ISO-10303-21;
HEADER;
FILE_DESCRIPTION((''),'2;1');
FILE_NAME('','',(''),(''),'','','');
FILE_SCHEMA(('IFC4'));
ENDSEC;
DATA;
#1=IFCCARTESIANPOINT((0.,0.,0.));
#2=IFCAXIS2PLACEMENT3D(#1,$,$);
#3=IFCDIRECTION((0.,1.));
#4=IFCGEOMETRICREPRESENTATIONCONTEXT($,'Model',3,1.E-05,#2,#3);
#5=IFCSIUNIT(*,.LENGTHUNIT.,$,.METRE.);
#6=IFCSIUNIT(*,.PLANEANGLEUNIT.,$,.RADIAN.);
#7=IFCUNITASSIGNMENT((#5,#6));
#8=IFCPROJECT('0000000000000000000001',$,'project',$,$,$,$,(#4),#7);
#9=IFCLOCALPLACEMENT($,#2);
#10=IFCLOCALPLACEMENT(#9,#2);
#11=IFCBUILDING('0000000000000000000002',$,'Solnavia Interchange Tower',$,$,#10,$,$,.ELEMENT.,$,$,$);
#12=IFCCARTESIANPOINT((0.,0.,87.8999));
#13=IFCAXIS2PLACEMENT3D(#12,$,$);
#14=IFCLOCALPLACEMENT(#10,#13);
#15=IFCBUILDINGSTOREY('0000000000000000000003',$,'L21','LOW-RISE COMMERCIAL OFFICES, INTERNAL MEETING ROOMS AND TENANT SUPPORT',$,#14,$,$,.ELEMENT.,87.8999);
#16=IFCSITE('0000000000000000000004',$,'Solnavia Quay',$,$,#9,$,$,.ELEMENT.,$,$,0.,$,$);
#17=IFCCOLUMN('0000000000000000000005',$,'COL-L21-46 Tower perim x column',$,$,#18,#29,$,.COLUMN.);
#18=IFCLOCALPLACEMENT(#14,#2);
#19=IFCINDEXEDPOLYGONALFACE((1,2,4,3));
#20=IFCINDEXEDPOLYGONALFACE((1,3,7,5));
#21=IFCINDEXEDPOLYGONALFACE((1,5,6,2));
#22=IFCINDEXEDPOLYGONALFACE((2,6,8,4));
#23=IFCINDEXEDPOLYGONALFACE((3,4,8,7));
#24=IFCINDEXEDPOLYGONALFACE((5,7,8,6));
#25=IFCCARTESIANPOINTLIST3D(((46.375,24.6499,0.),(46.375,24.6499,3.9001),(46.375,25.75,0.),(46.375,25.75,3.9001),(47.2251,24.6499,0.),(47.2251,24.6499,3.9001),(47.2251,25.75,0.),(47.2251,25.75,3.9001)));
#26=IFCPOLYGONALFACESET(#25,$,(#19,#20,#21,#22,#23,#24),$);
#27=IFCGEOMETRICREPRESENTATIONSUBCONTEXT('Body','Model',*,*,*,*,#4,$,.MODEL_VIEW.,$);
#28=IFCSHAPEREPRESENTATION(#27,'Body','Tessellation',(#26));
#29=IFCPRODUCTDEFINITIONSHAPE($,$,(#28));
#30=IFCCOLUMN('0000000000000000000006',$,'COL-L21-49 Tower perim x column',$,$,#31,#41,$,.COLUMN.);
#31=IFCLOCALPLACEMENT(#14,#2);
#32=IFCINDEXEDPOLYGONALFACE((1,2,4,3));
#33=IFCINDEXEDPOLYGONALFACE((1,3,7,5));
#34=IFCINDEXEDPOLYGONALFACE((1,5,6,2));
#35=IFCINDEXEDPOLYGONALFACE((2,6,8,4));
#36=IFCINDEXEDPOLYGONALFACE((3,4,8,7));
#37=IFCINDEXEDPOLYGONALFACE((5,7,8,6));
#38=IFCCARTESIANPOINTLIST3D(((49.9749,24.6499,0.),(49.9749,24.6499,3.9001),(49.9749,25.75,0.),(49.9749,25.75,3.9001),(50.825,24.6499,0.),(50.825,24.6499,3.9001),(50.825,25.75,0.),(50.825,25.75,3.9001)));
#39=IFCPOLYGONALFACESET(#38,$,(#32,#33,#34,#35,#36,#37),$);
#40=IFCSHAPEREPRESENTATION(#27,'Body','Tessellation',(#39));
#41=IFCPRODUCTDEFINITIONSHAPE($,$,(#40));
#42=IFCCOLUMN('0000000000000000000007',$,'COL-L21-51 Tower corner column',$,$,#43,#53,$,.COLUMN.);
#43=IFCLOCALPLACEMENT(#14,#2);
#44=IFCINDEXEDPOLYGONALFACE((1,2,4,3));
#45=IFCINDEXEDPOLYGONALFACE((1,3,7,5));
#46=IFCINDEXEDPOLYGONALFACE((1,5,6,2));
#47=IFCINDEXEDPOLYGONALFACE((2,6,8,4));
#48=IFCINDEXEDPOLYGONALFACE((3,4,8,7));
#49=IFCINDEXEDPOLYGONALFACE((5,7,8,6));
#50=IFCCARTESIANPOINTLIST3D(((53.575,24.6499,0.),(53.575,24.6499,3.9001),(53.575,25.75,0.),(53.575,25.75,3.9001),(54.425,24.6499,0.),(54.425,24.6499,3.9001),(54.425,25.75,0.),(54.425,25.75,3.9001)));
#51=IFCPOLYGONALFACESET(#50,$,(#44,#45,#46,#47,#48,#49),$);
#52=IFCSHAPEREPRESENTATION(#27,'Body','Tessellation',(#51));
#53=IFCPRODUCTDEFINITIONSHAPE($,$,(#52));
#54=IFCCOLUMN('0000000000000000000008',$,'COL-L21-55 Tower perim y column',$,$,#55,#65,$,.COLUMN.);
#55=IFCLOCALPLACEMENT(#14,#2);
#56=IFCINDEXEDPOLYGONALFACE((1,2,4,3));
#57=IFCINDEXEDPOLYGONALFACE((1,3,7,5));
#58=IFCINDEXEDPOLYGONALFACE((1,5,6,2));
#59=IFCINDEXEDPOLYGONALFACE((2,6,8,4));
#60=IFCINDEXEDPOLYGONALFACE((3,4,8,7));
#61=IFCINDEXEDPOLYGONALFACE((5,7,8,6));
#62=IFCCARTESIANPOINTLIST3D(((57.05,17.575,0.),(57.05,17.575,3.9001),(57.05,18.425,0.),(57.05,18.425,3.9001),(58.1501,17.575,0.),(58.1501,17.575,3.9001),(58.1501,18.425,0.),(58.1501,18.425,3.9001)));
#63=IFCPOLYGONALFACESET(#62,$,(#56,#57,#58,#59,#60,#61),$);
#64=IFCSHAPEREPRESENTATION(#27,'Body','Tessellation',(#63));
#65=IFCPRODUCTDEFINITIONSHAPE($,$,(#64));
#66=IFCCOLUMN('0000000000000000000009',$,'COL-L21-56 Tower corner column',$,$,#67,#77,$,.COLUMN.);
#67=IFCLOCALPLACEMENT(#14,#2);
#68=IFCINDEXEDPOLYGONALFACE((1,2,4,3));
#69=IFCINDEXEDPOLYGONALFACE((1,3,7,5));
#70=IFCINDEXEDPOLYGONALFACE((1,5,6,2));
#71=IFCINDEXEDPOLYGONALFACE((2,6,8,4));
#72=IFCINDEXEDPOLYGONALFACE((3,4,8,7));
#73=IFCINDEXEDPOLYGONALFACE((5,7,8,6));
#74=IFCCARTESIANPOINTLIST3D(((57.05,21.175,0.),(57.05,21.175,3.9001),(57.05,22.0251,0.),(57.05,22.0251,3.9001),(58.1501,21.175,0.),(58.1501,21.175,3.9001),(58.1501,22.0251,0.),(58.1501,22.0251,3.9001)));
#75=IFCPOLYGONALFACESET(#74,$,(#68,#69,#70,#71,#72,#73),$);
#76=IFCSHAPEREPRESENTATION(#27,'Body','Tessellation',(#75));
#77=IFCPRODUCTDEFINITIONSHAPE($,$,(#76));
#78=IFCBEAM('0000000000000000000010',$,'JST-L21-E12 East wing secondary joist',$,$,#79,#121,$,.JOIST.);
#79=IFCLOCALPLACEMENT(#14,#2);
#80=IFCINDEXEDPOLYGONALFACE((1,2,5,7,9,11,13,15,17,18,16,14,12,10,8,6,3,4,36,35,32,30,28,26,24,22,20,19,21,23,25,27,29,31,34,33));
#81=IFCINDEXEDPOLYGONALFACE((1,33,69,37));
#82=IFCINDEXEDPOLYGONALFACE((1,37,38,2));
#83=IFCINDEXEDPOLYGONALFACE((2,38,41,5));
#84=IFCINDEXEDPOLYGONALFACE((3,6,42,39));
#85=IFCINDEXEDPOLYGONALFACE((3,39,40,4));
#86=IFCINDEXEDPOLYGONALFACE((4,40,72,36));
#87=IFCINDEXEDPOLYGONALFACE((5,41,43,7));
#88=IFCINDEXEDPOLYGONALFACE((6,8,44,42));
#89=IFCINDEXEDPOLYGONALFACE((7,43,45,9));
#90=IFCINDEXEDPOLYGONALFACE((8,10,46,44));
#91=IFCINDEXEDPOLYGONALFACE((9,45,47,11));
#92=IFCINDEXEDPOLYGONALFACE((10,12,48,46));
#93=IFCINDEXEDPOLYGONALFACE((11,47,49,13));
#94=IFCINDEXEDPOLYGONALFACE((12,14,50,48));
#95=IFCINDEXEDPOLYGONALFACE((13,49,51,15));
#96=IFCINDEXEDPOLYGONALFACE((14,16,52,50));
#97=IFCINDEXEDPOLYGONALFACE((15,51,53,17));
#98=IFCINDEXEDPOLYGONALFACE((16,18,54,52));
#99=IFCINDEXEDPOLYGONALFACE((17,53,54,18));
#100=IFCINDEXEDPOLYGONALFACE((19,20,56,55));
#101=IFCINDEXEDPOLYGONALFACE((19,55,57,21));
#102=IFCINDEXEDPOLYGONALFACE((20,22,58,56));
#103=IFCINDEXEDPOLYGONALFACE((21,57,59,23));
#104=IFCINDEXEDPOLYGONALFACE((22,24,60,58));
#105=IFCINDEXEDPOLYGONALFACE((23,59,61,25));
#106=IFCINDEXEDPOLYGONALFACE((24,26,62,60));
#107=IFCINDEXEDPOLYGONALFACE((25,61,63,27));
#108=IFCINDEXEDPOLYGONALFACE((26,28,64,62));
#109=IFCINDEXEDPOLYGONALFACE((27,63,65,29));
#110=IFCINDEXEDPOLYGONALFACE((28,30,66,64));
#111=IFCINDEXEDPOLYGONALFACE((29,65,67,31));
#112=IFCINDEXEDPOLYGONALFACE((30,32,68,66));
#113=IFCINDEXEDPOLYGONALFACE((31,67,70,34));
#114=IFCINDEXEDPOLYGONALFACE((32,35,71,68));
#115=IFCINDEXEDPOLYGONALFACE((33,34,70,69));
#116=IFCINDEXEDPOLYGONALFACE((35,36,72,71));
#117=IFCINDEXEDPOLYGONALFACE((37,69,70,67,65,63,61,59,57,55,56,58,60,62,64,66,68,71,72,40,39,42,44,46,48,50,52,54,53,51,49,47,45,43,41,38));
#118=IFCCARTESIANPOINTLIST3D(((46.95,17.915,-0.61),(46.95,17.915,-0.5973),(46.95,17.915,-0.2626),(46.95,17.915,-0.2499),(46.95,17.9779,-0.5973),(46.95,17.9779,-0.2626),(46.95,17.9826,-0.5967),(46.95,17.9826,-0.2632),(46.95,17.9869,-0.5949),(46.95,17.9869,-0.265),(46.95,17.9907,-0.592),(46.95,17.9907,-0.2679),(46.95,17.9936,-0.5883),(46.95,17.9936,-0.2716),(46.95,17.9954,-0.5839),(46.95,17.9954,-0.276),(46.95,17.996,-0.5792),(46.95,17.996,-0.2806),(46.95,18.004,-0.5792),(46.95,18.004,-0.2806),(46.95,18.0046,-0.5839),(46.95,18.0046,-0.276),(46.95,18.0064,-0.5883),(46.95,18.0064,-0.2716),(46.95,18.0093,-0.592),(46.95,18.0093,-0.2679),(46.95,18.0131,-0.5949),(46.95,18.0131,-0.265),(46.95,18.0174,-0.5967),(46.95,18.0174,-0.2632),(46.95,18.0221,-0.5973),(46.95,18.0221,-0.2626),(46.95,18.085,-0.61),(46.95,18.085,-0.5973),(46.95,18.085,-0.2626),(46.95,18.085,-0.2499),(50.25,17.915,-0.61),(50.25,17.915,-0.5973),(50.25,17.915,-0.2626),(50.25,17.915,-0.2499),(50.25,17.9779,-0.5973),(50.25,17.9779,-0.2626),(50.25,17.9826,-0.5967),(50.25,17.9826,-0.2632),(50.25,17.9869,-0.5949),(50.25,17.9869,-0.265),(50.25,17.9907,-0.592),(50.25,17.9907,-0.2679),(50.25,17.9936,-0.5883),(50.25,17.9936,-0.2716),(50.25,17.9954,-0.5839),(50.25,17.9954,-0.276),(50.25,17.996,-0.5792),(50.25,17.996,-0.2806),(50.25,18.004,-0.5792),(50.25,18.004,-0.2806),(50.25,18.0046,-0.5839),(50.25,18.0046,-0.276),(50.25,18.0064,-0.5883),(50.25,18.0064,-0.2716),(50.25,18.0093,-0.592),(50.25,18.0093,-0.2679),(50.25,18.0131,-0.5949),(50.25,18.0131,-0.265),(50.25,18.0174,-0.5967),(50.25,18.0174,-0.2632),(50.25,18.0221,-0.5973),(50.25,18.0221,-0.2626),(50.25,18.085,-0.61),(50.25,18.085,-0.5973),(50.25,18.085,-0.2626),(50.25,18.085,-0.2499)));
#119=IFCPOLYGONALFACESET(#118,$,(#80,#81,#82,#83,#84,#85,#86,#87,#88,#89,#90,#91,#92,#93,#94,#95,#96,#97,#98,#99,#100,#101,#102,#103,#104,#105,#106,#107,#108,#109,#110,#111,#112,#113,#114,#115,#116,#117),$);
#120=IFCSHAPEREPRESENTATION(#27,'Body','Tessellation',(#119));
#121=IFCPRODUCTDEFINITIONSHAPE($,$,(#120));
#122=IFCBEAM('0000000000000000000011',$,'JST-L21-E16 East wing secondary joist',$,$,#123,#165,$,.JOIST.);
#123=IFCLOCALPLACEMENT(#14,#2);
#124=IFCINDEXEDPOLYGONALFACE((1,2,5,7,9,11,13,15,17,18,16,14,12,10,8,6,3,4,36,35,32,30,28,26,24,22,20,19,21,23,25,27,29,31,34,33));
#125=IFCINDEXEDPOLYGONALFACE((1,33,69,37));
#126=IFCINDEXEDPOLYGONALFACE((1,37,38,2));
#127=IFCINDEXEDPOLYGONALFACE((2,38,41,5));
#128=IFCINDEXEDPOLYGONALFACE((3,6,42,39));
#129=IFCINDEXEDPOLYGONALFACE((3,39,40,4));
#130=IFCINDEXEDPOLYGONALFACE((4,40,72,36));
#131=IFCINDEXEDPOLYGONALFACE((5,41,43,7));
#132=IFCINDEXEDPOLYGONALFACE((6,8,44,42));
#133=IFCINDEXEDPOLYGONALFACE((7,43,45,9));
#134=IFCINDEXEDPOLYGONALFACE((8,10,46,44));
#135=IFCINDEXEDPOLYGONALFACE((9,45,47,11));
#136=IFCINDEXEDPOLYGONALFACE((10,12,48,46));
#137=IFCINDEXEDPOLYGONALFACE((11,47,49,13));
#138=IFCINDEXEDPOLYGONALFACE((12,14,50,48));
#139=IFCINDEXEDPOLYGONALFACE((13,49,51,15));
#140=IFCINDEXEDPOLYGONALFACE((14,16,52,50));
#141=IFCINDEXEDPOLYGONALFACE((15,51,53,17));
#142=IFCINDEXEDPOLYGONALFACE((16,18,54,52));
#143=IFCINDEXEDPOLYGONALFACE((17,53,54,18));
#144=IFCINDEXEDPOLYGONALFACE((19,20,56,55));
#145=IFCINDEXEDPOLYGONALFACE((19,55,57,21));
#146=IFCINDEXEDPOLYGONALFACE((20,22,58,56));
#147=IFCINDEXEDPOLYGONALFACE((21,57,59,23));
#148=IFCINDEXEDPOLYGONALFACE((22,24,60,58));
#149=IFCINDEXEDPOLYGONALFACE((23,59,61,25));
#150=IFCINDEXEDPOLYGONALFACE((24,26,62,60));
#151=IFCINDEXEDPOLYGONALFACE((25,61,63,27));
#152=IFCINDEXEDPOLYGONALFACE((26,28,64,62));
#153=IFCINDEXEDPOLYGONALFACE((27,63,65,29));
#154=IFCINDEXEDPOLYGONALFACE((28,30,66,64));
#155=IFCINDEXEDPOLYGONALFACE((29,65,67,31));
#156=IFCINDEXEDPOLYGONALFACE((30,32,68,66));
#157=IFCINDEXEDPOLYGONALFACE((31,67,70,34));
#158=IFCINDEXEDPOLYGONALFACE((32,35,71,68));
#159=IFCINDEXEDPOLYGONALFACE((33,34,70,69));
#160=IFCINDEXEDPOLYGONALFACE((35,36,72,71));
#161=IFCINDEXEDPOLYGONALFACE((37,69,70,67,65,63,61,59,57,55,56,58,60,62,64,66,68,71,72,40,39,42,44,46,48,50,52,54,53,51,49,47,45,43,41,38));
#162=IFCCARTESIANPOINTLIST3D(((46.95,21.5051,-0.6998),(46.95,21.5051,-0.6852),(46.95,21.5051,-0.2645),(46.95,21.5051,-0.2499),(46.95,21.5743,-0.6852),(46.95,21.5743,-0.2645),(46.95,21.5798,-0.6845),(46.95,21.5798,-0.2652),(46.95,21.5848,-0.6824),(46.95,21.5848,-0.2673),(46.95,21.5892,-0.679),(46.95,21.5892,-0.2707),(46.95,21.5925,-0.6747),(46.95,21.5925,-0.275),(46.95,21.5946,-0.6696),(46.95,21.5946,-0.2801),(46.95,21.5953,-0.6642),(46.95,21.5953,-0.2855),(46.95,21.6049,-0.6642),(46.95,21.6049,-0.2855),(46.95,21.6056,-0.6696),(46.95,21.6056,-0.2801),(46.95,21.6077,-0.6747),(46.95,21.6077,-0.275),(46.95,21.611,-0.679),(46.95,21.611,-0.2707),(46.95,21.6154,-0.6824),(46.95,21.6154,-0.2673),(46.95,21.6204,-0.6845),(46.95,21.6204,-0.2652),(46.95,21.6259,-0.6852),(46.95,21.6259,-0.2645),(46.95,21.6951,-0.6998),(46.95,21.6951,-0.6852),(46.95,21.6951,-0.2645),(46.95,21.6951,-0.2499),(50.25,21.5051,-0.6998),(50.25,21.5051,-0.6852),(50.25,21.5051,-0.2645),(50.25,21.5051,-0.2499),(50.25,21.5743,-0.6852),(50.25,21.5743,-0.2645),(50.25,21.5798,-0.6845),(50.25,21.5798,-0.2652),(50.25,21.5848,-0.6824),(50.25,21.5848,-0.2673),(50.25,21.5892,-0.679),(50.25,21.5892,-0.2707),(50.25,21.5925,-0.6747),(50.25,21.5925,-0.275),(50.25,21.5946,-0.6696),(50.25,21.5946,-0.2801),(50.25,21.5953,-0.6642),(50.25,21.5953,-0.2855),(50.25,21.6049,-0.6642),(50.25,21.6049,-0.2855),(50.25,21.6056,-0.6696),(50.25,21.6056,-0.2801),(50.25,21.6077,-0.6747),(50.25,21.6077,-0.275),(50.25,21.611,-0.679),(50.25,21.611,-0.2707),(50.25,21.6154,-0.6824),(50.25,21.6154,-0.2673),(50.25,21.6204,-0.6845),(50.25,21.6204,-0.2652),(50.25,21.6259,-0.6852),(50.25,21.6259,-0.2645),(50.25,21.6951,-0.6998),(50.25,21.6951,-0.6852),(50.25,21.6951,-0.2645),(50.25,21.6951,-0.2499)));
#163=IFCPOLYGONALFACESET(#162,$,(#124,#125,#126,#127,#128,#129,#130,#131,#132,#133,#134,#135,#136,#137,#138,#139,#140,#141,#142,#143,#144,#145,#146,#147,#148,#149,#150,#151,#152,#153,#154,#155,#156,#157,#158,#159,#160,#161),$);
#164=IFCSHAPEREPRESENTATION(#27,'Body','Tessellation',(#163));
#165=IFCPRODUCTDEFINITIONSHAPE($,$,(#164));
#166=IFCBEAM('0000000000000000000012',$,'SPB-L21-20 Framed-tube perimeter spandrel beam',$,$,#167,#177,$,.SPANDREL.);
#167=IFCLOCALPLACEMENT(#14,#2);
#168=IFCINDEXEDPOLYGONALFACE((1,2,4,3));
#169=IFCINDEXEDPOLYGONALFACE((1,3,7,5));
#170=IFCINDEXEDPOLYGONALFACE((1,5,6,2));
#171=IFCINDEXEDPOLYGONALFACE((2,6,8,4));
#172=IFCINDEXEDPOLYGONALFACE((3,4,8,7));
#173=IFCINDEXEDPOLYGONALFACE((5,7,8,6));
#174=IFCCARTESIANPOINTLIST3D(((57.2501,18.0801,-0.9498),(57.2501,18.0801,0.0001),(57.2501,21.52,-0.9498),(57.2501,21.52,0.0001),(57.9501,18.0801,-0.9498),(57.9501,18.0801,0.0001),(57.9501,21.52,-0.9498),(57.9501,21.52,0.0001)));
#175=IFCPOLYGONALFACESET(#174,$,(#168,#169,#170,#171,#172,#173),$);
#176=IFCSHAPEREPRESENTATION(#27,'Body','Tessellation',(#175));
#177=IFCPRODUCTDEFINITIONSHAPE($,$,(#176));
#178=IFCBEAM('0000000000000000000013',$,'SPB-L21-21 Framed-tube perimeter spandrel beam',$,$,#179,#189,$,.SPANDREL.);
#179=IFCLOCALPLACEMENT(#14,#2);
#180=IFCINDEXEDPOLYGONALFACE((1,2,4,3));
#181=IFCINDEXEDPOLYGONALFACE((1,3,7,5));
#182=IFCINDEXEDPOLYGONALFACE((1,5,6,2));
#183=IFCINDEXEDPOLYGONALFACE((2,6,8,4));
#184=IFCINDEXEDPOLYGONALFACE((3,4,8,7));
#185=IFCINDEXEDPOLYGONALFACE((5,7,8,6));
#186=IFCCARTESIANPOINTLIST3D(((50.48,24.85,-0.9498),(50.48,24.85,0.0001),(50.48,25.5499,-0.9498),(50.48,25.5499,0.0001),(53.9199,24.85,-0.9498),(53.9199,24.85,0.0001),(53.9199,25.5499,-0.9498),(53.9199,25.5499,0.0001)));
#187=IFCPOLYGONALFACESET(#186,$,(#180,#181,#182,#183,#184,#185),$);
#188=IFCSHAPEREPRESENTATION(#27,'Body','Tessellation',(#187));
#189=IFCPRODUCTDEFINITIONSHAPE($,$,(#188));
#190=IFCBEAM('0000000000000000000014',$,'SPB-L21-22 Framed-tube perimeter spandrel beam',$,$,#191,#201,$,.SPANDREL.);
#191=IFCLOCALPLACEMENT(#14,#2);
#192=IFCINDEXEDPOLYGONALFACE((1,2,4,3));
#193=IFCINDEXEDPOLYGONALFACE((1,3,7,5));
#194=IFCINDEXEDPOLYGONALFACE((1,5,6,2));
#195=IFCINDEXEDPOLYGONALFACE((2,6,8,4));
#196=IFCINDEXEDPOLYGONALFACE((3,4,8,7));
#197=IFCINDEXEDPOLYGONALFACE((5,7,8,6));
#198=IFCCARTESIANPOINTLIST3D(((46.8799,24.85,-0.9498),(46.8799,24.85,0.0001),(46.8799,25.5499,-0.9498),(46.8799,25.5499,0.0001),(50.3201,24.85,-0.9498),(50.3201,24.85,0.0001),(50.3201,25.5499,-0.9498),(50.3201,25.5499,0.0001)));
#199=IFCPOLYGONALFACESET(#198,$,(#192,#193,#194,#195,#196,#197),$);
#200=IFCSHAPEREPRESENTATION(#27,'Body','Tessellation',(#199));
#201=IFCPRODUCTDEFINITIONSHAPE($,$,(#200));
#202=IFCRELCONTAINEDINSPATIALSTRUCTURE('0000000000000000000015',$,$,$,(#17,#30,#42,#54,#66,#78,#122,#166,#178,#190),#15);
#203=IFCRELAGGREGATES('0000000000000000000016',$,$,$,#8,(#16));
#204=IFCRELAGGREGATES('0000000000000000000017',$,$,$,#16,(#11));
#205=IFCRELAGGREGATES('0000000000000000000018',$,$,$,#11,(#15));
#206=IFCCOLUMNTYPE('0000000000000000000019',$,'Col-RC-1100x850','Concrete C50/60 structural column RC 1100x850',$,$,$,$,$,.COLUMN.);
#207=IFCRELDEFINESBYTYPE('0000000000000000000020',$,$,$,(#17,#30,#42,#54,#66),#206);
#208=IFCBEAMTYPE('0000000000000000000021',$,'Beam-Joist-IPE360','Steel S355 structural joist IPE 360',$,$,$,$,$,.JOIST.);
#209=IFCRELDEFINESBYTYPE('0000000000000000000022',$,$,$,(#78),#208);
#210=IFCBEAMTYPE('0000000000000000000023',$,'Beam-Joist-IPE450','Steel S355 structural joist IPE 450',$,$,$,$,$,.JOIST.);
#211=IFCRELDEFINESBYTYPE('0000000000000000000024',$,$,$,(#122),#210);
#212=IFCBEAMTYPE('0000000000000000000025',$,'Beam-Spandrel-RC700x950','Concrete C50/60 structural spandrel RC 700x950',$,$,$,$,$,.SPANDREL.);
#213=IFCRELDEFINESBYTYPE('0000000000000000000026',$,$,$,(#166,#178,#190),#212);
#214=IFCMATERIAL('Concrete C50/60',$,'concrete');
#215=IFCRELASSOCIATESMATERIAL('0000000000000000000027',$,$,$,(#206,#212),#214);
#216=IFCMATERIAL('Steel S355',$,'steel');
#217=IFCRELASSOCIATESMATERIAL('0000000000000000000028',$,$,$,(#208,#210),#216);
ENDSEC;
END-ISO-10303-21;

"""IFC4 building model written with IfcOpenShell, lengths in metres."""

from ifc_helpers import new_model, si_unit, direction, frame, origin, origin_2d, place, context, subcontext, project, spatial, rectangle, i_section, extrude, material, material_profile, profile_set, type_object, element, save


model = new_model("IFC4")

# Units and contexts
model_context = context("Model", 3, precision=1e-05, world=origin(), true_north=direction((0.0, 1.0)))
body_context = subcontext(model_context, "Body", "Model", "MODEL_VIEW")
ifc_project = project(units=[si_unit("LENGTHUNIT", "METRE"), si_unit("PLANEANGLEUNIT", "RADIAN")], contexts=[model_context])

# Site, building, storey
site_placement = place(None, origin())
site = spatial("IfcSite", under=ifc_project, at=site_placement, Name="Solnavia Quay", CompositionType="ELEMENT", RefElevation=0.0)
building_placement = place(site_placement, origin())
building = spatial("IfcBuilding", under=site, at=building_placement, Name="Solnavia Interchange Tower", CompositionType="ELEMENT")
storey_placement = place(building_placement, frame((0.0, 0.0, 87.8999)))
storey = spatial("IfcBuildingStorey", under=building, at=storey_placement, Name="L21", Description="LOW-RISE COMMERCIAL OFFICES, INTERNAL MEETING ROOMS AND TENANT SUPPORT", CompositionType="ELEMENT", Elevation=87.8999)

# Columns
ifc_material_1 = material(Name="Concrete C50/60", Category="concrete")
ifc_material_profile_1 = material_profile(ifc_material_1, rectangle(XDim=0.8501, YDim=1.1001, at=origin_2d()), Name="RC 1100x850")
ifc_profile_set_1 = profile_set([ifc_material_profile_1], Name="Concrete C50/60")
column_type = type_object("IfcColumnType", Name="Col-RC-1100x850", Description="Concrete C50/60 structural column RC 1100x850", PredefinedType="COLUMN", material=ifc_profile_set_1)
for number, where, z_axis, x_axis, name in (
    (1, (46.8, 25.2, 0.0), (0.0, 0.0, 1.0), (1.0, 0.0, 0.0), "COL-L21-46 Tower perim x column"),
    (2, (50.3999, 25.2, 0.0), (0.0, 0.0, 1.0), (1.0, 0.0, 0.0), "COL-L21-49 Tower perim x column"),
    (3, (54.0, 25.2, 0.0), (0.0, 0.0, 1.0), (1.0, 0.0, 0.0), "COL-L21-51 Tower corner column"),
    (4, (57.6001, 18.0, 0.0), (0.0, 0.0, 1.0), (0.0, 1.0, 0.0), "COL-L21-55 Tower perim y column"),
    (5, (57.6001, 21.6001, 0.0), (0.0, 0.0, 1.0), (0.0, 1.0, 0.0), "COL-L21-56 Tower corner column"),
):
    element("IfcColumn", number, at=place(storey_placement, frame(where, z_axis=z_axis, x_axis=x_axis)), inside=storey, type_object=column_type, Name=name, PredefinedType="COLUMN", context=body_context, shape_type="SweptSolid", body=[
        extrude(rectangle(XDim=0.8501, YDim=1.1001, at=origin_2d()), origin(), (0.0, 0.0, 1.0), 3.9001),
    ])

# Beams
ifc_material_2 = material(Name="Steel S355", Category="steel")
ifc_material_profile_2 = material_profile(ifc_material_2, i_section(OverallWidth=0.1699, OverallDepth=0.3601, WebThickness=0.0081, FlangeThickness=0.0127, FilletRadius=0.0181, at=origin_2d()), Name="IPE 360")
ifc_profile_set_2 = profile_set([ifc_material_profile_2], Name="Steel S355")
beam_type_1 = type_object("IfcBeamType", Name="Beam-Joist-IPE360", Description="Steel S355 structural joist IPE 360", PredefinedType="JOIST", material=ifc_profile_set_2)
beam_1_placement = place(storey_placement, frame((46.95, 18.0, -0.4299), z_axis=(1.0, 0.0, 0.0), x_axis=(0.0, 1.0, 0.0)))
element("IfcBeam", 6, at=beam_1_placement, inside=storey, type_object=beam_type_1, Name="JST-L21-E12 East wing secondary joist", PredefinedType="JOIST", context=body_context, shape_type="SweptSolid", body=[
    extrude(i_section(OverallWidth=0.1699, OverallDepth=0.3601, WebThickness=0.0081, FlangeThickness=0.0127, FilletRadius=0.0181, at=origin_2d()), origin(), (0.0, 0.0, 1.0), 3.3),
])
ifc_material_profile_3 = material_profile(ifc_material_2, i_section(OverallWidth=0.1899, OverallDepth=0.45, WebThickness=0.0095, FlangeThickness=0.0146, FilletRadius=0.021, at=origin_2d()), Name="IPE 450")
ifc_profile_set_3 = profile_set([ifc_material_profile_3], Name="Steel S355")
beam_type_2 = type_object("IfcBeamType", Name="Beam-Joist-IPE450", Description="Steel S355 structural joist IPE 450", PredefinedType="JOIST", material=ifc_profile_set_3)
beam_2_placement = place(storey_placement, frame((46.95, 21.6001, -0.4749), z_axis=(1.0, 0.0, 0.0), x_axis=(0.0, 1.0, 0.0)))
element("IfcBeam", 7, at=beam_2_placement, inside=storey, type_object=beam_type_2, Name="JST-L21-E16 East wing secondary joist", PredefinedType="JOIST", context=body_context, shape_type="SweptSolid", body=[
    extrude(i_section(OverallWidth=0.1899, OverallDepth=0.45, WebThickness=0.0095, FlangeThickness=0.0146, FilletRadius=0.021, at=origin_2d()), origin(), (0.0, 0.0, 1.0), 3.3),
])
ifc_material_profile_4 = material_profile(ifc_material_1, rectangle(XDim=0.7, YDim=0.95, at=origin_2d()), Name="RC 700x950")
ifc_profile_set_4 = profile_set([ifc_material_profile_4], Name="Concrete C50/60")
beam_type_3 = type_object("IfcBeamType", Name="Beam-Spandrel-RC700x950", Description="Concrete C50/60 structural spandrel RC 700x950", PredefinedType="SPANDREL", material=ifc_profile_set_4)
for number, where, z_axis, x_axis, name in (
    (8, (57.6001, 18.0801, -0.4749), (0.0, 1.0, 0.0), (-1.0, 0.0, 0.0), "SPB-L21-20 Framed-tube perimeter spandrel beam"),
    (9, (53.9199, 25.2, -0.4749), (-1.0, 0.0, 0.0), (0.0, -1.0, 0.0), "SPB-L21-21 Framed-tube perimeter spandrel beam"),
):
    element("IfcBeam", number, at=place(storey_placement, frame(where, z_axis=z_axis, x_axis=x_axis)), inside=storey, type_object=beam_type_3, Name=name, PredefinedType="SPANDREL", context=body_context, shape_type="SweptSolid", body=[
        extrude(rectangle(XDim=0.7, YDim=0.95, at=origin_2d()), origin(), (0.0, 0.0, 1.0), 3.4399),
    ])
beam_3_placement = place(storey_placement, frame((50.3201, 25.2, -0.4749), z_axis=(-1.0, 0.0, 0.0), x_axis=(0.0, -1.0, 0.0)))
element("IfcBeam", 10, at=beam_3_placement, inside=storey, type_object=beam_type_3, Name="SPB-L21-22 Framed-tube perimeter spandrel beam", PredefinedType="SPANDREL", context=body_context, shape_type="SweptSolid", body=[
    extrude(rectangle(XDim=0.7, YDim=0.95, at=origin_2d()), origin(), (0.0, 0.0, 1.0), 3.4402),
])

save(model, "model.ifc")
